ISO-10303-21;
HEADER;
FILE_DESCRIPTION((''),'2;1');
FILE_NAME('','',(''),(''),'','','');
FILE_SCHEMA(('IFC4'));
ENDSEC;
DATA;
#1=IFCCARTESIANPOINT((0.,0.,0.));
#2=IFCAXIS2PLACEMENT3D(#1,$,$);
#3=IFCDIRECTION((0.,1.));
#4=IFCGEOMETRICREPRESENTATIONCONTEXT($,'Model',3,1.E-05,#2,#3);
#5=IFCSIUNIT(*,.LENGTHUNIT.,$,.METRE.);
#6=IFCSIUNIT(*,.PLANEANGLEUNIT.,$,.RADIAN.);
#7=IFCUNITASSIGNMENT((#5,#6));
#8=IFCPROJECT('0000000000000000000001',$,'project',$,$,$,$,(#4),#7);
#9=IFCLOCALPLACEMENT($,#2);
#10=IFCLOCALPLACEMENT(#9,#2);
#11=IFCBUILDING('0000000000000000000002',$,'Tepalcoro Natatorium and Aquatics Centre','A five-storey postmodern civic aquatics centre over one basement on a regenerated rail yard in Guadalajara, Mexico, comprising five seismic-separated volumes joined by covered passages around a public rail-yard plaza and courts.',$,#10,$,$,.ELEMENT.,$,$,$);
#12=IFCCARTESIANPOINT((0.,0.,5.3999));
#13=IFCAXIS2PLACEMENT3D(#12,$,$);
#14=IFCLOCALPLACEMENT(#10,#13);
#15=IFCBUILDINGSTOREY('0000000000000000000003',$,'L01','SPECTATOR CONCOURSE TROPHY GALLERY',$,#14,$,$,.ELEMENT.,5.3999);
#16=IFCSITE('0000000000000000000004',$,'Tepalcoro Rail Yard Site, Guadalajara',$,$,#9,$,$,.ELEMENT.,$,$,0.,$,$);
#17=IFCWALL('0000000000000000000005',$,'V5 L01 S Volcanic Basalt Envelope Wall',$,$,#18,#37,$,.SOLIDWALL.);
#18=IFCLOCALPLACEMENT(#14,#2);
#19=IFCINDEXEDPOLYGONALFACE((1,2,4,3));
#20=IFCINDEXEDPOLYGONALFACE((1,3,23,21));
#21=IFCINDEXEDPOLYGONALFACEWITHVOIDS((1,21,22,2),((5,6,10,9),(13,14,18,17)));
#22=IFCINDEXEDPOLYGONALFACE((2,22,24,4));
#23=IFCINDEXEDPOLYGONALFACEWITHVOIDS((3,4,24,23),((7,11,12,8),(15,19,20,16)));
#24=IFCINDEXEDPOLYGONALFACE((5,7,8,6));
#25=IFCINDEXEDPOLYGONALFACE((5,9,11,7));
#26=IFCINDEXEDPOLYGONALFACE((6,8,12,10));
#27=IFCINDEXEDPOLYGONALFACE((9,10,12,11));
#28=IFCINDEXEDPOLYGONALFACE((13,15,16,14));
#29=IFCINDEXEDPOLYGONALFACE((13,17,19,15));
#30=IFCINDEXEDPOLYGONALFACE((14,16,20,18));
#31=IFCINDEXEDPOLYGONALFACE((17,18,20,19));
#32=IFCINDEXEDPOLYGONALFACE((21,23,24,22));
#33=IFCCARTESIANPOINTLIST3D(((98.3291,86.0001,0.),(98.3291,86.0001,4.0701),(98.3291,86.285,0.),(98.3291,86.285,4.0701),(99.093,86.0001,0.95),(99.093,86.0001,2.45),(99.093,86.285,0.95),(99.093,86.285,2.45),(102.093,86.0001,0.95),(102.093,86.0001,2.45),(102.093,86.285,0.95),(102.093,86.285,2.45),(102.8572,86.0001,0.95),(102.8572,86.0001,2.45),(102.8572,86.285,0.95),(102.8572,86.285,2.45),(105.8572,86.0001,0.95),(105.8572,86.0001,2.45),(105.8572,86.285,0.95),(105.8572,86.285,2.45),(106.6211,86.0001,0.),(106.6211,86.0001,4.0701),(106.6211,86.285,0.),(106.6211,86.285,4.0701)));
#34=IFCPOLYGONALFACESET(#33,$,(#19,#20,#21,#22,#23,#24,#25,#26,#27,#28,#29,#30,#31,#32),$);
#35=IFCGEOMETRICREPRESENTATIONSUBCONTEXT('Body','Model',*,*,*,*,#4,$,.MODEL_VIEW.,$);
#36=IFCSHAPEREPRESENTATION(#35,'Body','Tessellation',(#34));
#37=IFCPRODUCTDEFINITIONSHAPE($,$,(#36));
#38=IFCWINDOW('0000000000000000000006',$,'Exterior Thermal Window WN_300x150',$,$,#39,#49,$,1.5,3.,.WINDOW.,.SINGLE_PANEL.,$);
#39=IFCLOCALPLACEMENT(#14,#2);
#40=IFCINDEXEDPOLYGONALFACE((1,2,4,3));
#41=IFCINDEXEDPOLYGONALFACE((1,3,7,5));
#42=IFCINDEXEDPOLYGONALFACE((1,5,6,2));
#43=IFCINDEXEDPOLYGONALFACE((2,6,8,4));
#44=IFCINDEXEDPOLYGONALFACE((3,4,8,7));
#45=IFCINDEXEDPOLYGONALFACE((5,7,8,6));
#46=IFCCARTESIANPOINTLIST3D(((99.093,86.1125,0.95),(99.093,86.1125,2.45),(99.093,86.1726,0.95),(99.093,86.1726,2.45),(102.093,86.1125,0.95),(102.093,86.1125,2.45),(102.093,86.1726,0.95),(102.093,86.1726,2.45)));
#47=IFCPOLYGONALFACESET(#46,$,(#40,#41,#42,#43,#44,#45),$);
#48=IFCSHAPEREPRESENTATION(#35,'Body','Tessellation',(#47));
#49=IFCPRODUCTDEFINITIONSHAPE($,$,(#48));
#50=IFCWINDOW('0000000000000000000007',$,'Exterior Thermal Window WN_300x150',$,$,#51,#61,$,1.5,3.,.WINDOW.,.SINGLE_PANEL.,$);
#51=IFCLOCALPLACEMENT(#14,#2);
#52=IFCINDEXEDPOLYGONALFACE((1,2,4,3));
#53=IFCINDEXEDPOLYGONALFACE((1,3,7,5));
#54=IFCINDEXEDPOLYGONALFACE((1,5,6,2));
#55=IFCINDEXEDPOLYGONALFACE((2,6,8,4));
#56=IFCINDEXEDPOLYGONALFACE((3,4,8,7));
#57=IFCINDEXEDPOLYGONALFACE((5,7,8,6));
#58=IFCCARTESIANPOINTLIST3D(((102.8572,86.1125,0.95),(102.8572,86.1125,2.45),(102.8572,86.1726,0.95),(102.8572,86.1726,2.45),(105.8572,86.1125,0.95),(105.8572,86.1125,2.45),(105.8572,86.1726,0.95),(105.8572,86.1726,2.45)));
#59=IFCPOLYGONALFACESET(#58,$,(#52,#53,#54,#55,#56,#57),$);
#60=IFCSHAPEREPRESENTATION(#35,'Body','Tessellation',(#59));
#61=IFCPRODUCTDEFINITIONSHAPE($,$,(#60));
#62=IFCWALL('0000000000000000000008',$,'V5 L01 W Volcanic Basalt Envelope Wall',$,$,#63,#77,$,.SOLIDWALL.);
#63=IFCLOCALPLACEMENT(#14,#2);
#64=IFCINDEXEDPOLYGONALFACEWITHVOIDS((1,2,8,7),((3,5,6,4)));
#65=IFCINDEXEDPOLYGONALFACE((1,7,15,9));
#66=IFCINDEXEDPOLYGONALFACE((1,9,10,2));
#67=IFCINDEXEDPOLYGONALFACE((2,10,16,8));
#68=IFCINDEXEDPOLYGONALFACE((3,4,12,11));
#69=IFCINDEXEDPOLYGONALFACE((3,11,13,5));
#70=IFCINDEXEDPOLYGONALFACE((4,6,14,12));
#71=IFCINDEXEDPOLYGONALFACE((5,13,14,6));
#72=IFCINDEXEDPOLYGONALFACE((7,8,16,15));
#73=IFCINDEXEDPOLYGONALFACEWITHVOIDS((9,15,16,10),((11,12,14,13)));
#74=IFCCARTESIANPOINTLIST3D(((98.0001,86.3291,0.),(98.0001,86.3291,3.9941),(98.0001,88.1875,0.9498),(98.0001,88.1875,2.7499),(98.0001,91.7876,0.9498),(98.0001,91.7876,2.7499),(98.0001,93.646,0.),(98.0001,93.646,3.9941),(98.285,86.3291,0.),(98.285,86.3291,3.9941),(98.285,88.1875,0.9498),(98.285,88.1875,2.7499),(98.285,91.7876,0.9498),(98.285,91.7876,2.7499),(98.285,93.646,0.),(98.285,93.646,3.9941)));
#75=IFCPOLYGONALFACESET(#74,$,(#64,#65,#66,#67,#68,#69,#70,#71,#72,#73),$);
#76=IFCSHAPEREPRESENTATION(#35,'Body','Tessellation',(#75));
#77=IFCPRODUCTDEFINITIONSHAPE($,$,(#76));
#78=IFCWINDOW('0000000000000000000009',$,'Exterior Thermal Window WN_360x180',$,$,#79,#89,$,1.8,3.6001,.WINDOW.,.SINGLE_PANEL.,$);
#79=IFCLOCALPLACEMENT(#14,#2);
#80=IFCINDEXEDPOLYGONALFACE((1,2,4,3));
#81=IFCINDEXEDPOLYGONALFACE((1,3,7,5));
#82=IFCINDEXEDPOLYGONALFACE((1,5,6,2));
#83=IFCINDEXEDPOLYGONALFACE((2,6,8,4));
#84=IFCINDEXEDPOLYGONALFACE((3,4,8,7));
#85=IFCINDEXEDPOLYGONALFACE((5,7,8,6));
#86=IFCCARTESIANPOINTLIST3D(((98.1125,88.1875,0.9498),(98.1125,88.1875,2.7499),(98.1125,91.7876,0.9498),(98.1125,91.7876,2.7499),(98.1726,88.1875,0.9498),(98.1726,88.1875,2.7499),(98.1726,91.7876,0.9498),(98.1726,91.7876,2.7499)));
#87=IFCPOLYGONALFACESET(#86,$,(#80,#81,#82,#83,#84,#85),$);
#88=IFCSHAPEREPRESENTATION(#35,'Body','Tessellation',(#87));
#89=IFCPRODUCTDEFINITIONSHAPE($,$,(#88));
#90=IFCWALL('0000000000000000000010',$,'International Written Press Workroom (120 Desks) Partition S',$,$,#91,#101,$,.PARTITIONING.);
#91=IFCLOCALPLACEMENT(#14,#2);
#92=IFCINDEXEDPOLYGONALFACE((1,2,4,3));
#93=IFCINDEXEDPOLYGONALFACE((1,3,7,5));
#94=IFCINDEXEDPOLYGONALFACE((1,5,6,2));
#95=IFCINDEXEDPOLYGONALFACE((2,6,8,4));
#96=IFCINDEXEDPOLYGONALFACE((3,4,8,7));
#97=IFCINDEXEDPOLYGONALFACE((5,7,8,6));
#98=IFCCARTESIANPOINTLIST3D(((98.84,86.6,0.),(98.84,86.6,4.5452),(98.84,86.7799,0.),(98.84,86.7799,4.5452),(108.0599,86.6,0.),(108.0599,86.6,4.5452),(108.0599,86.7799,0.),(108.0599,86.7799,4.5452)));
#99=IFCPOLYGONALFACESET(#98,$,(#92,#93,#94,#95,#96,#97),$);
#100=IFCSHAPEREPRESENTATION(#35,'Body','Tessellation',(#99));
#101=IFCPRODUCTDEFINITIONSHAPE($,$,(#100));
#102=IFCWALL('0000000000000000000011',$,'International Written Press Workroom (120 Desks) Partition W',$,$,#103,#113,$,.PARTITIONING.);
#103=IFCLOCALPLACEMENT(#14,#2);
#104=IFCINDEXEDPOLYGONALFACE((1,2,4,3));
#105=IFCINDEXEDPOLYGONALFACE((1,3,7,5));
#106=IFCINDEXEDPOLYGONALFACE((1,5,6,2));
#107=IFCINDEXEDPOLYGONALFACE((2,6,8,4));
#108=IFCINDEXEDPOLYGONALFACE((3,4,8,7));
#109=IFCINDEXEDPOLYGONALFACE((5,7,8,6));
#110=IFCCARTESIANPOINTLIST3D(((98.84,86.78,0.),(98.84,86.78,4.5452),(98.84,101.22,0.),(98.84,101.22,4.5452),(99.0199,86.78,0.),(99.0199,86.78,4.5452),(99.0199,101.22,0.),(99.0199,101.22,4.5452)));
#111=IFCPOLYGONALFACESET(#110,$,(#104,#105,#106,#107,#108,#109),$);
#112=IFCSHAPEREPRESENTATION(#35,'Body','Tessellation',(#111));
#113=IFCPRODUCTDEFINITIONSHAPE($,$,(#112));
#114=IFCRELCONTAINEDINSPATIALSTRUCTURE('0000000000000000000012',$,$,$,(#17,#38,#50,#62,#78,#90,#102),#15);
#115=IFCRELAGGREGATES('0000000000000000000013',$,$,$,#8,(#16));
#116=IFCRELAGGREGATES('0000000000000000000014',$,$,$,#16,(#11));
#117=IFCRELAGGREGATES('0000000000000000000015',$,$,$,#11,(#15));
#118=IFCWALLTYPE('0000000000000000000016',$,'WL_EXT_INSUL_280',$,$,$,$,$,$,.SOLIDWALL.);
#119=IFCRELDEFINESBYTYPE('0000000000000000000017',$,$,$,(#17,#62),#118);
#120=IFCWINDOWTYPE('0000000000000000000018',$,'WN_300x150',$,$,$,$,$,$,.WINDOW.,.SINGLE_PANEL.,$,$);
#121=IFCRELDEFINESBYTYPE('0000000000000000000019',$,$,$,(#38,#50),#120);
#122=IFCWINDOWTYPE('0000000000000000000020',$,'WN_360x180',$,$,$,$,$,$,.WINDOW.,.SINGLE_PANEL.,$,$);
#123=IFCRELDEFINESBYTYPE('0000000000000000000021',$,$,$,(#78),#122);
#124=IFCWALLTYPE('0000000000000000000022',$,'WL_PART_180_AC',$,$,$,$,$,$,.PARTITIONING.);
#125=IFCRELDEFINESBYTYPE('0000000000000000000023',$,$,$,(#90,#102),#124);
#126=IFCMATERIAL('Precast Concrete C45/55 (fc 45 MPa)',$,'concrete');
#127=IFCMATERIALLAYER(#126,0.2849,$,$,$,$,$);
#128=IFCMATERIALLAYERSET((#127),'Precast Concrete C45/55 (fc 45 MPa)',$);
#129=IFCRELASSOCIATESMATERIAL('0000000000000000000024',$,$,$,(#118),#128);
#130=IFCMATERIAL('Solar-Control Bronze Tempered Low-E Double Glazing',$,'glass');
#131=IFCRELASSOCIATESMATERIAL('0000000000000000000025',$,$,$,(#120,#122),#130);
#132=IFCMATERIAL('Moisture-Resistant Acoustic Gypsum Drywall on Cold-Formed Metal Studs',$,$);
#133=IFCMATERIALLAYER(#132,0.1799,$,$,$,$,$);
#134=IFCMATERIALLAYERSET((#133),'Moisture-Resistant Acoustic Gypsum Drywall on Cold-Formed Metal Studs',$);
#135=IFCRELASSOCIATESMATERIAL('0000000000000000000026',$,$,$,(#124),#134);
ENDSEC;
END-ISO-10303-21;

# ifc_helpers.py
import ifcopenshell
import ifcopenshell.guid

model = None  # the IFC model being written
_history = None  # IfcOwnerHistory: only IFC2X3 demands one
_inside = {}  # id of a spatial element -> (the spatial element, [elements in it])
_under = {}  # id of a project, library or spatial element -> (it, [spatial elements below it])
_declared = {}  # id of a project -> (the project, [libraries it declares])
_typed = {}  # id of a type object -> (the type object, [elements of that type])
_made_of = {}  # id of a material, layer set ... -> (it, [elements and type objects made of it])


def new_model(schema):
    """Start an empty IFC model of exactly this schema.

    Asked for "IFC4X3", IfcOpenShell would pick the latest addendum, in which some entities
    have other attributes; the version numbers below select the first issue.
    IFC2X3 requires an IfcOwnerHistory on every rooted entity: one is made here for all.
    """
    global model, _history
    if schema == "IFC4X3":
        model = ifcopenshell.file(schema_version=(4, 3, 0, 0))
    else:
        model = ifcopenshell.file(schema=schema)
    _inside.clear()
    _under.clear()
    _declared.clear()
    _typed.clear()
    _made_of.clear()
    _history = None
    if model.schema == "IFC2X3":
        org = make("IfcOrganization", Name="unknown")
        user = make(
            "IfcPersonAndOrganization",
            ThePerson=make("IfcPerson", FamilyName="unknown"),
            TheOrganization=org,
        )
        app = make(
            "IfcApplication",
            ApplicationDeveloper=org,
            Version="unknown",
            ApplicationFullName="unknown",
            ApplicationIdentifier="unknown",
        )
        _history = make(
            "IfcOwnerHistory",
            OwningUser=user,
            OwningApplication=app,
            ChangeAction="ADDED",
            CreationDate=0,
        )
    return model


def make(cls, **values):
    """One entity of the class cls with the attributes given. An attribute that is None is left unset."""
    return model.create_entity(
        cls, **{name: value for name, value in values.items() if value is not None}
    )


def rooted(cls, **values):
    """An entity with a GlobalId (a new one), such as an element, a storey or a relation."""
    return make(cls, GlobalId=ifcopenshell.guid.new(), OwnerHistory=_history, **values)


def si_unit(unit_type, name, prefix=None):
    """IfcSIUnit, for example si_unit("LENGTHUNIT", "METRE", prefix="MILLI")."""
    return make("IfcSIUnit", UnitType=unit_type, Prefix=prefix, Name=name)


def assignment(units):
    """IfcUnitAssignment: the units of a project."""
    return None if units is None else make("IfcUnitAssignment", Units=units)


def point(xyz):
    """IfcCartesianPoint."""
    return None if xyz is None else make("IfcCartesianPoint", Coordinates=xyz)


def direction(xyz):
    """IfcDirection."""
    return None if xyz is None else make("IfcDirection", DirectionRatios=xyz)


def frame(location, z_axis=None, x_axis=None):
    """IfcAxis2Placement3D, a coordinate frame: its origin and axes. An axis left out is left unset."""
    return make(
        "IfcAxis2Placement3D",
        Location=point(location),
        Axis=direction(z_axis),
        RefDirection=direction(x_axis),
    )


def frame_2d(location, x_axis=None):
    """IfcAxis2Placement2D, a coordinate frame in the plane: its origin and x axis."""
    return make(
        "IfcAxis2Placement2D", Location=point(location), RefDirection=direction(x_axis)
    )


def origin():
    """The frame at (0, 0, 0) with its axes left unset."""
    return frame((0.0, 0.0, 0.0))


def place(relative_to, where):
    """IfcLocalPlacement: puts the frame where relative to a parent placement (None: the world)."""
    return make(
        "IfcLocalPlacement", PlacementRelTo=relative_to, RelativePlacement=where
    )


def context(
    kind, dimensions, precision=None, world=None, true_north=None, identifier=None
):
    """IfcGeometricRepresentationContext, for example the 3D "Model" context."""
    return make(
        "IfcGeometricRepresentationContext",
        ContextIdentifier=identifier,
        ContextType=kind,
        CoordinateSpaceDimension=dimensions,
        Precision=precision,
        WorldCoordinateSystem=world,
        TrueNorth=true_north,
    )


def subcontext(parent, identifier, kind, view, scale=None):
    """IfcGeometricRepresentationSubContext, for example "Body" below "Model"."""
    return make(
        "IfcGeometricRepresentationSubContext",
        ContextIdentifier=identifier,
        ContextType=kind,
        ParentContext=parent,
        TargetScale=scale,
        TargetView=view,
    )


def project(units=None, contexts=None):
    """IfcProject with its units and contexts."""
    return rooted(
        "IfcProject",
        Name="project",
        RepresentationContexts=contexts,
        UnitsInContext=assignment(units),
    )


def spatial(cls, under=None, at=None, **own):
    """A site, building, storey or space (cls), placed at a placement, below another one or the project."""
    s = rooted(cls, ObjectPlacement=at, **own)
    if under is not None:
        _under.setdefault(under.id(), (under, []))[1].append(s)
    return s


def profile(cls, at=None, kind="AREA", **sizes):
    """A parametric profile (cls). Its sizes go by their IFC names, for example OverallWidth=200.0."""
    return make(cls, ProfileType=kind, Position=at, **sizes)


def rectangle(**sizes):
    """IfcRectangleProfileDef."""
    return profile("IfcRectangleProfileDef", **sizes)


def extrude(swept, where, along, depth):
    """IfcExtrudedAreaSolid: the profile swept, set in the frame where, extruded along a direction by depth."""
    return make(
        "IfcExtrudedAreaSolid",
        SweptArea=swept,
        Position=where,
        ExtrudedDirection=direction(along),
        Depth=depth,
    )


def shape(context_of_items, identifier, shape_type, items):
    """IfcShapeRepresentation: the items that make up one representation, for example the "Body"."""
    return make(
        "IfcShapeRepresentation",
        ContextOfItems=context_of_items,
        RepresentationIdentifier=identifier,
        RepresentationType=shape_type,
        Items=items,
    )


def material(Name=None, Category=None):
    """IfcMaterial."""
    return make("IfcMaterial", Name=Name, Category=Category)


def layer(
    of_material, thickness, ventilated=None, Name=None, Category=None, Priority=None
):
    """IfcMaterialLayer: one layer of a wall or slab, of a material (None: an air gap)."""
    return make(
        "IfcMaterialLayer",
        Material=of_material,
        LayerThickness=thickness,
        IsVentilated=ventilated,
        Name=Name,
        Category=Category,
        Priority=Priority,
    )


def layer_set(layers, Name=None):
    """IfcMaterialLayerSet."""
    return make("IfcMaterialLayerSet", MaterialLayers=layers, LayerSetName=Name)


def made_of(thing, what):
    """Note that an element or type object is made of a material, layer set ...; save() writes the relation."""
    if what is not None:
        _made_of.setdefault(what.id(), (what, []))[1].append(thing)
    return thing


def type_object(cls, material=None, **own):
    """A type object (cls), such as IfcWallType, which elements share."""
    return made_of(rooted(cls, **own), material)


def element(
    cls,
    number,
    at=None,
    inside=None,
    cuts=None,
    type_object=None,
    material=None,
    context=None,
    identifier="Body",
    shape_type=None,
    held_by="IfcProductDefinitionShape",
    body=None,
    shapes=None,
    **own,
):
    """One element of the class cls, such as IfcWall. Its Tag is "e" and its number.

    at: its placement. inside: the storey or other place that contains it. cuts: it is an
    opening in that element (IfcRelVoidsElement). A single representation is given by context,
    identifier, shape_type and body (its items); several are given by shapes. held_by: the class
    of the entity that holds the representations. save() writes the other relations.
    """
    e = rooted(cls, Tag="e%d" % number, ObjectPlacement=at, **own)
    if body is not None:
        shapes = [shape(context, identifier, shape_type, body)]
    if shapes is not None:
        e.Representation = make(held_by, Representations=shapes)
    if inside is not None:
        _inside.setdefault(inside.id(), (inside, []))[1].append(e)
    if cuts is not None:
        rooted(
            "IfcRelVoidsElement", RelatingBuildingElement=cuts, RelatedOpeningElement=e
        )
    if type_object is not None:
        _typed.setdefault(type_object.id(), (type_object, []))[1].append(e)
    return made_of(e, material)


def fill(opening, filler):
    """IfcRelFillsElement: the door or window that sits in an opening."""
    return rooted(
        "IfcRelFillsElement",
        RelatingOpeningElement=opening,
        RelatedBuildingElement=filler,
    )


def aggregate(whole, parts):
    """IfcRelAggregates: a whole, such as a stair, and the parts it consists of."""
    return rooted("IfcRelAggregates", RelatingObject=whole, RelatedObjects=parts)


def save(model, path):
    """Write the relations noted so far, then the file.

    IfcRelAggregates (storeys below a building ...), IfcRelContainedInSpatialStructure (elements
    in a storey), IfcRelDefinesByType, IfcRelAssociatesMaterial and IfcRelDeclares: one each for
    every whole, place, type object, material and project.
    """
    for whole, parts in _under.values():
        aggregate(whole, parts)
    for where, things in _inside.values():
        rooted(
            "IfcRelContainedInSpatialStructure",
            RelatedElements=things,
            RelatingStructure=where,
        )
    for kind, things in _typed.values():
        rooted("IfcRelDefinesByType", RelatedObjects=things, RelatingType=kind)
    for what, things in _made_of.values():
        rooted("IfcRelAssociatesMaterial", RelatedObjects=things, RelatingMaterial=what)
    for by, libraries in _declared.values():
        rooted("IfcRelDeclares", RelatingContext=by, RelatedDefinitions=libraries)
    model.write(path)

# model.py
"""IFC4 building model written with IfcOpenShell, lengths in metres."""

from ifc_helpers import new_model, si_unit, direction, frame, frame_2d, origin, place, context, subcontext, project, spatial, rectangle, extrude, material, layer, layer_set, type_object, element, fill, save


model = new_model("IFC4")

# Units and contexts
model_context = context("Model", 3, precision=1e-05, world=origin(), true_north=direction((0.0, 1.0)))
body_context = subcontext(model_context, "Body", "Model", "MODEL_VIEW")
ifc_project = project(units=[si_unit("LENGTHUNIT", "METRE"), si_unit("PLANEANGLEUNIT", "RADIAN")], contexts=[model_context])

# Site, building, storey
site_placement = place(None, origin())
site = spatial("IfcSite", under=ifc_project, at=site_placement, Name="Tepalcoro Rail Yard Site, Guadalajara", CompositionType="ELEMENT", RefElevation=0.0)
building_placement = place(site_placement, origin())
building = spatial("IfcBuilding", under=site, at=building_placement, Name="Tepalcoro Natatorium and Aquatics Centre", Description="A five-storey postmodern civic aquatics centre over one basement on a regenerated rail yard in Guadalajara, Mexico, comprising five seismic-separated volumes joined by covered passages around a public rail-yard plaza and courts.", CompositionType="ELEMENT")
storey_placement = place(building_placement, frame((0.0, 0.0, 5.3999)))
storey = spatial("IfcBuildingStorey", under=building, at=storey_placement, Name="L01", Description="SPECTATOR CONCOURSE TROPHY GALLERY", CompositionType="ELEMENT", Elevation=5.3999)

# Shared definitions
ifc_material_1 = material(Name="Solar-Control Bronze Tempered Low-E Double Glazing", Category="glass")

# Wall, openings, windows
ifc_material_2 = material(Name="Precast Concrete C45/55 (fc 45 MPa)", Category="concrete")
ifc_layer_1 = layer(ifc_material_2, 0.2849)
ifc_layer_set_1 = layer_set([ifc_layer_1], Name="Precast Concrete C45/55 (fc 45 MPa)")
wall_type_1 = type_object("IfcWallType", Name="WL_EXT_INSUL_280", PredefinedType="SOLIDWALL", material=ifc_layer_set_1)
wall_1_placement = place(storey_placement, frame((98.3291, 86.1426, 0.0), z_axis=(0.0, 0.0, 1.0), x_axis=(1.0, 0.0, 0.0)))
wall_1 = element("IfcWall", 1, at=wall_1_placement, inside=storey, type_object=wall_type_1, Name="V5 L01 S Volcanic Basalt Envelope Wall", PredefinedType="SOLIDWALL", context=body_context, shape_type="SweptSolid", body=[
    extrude(rectangle(XDim=8.292, YDim=0.2849, at=frame_2d((4.146, 0.0))), origin(), (0.0, 0.0, 1.0), 4.0701),
])
opening_1_placement = place(wall_1_placement, frame((0.7639, 0.0, 0.95)))
opening_1 = element("IfcOpeningElement", 2, at=opening_1_placement, cuts=wall_1, PredefinedType="OPENING", context=body_context, shape_type="SweptSolid", body=[
    extrude(rectangle(XDim=3.0, YDim=1.5, at=frame_2d((1.5, 0.75))), frame((0.0, 0.1543, 0.0), z_axis=(0.0, -1.0, 0.0), x_axis=(1.0, 0.0, 0.0)), (0.0, 0.0, 1.0), 0.3088),
])
opening_2_placement = place(wall_1_placement, frame((4.5281, 0.0, 0.95)))
opening_2 = element("IfcOpeningElement", 3, at=opening_2_placement, cuts=wall_1, PredefinedType="OPENING", context=body_context, shape_type="SweptSolid", body=[
    extrude(rectangle(XDim=3.0, YDim=1.5, at=frame_2d((1.5, 0.75))), frame((0.0, 0.1543, 0.0), z_axis=(0.0, -1.0, 0.0), x_axis=(1.0, 0.0, 0.0)), (0.0, 0.0, 1.0), 0.3088),
])
window_type_1 = type_object("IfcWindowType", Name="WN_300x150", PartitioningType="SINGLE_PANEL", PredefinedType="WINDOW", material=ifc_material_1)
window_1_placement = place(opening_1_placement, origin())
window_1 = element("IfcWindow", 4, at=window_1_placement, inside=storey, type_object=window_type_1, Name="Exterior Thermal Window WN_300x150", OverallHeight=1.5, OverallWidth=3.0, PartitioningType="SINGLE_PANEL", PredefinedType="WINDOW", context=body_context, shape_type="SweptSolid", body=[
    extrude(rectangle(XDim=3.0, YDim=1.5, at=frame_2d((1.5, 0.75))), frame((0.0, 0.03, 0.0), z_axis=(0.0, -1.0, 0.0), x_axis=(1.0, 0.0, 0.0)), (0.0, 0.0, 1.0), 0.0601),
])
fill(opening_1, window_1)
window_2_placement = place(opening_2_placement, origin())
window_2 = element("IfcWindow", 5, at=window_2_placement, inside=storey, type_object=window_type_1, Name="Exterior Thermal Window WN_300x150", OverallHeight=1.5, OverallWidth=3.0, PartitioningType="SINGLE_PANEL", PredefinedType="WINDOW", context=body_context, shape_type="SweptSolid", body=[
    extrude(rectangle(XDim=3.0, YDim=1.5, at=frame_2d((1.5, 0.75))), frame((0.0, 0.03, 0.0), z_axis=(0.0, -1.0, 0.0), x_axis=(1.0, 0.0, 0.0)), (0.0, 0.0, 1.0), 0.0601),
])
fill(opening_2, window_2)

# Wall, opening, window
wall_2_placement = place(storey_placement, frame((98.1426, 86.3291, 0.0), z_axis=(0.0, 0.0, 1.0), x_axis=(0.0, 1.0, 0.0)))
wall_2 = element("IfcWall", 6, at=wall_2_placement, inside=storey, type_object=wall_type_1, Name="V5 L01 W Volcanic Basalt Envelope Wall", PredefinedType="SOLIDWALL", context=body_context, shape_type="SweptSolid", body=[
    extrude(rectangle(XDim=7.3169, YDim=0.2849, at=frame_2d((3.6584, 0.0))), origin(), (0.0, 0.0, 1.0), 3.9941),
])
opening_3_placement = place(wall_2_placement, frame((1.8584, 0.0, 0.95)))
opening_3 = element("IfcOpeningElement", 7, at=opening_3_placement, cuts=wall_2, PredefinedType="OPENING", context=body_context, shape_type="SweptSolid", body=[
    extrude(rectangle(XDim=3.6001, YDim=1.8, at=frame_2d((1.8, 0.8999))), frame((0.0, 0.1543, 0.0), z_axis=(0.0, -1.0, 0.0), x_axis=(1.0, 0.0, 0.0)), (0.0, 0.0, 1.0), 0.3088),
])
window_type_2 = type_object("IfcWindowType", Name="WN_360x180", PartitioningType="SINGLE_PANEL", PredefinedType="WINDOW", material=ifc_material_1)
window_3_placement = place(opening_3_placement, origin())
window_3 = element("IfcWindow", 8, at=window_3_placement, inside=storey, type_object=window_type_2, Name="Exterior Thermal Window WN_360x180", OverallHeight=1.8, OverallWidth=3.6001, PartitioningType="SINGLE_PANEL", PredefinedType="WINDOW", context=body_context, shape_type="SweptSolid", body=[
    extrude(rectangle(XDim=3.6001, YDim=1.8, at=frame_2d((1.8, 0.8999))), frame((0.0, 0.03, 0.0), z_axis=(0.0, -1.0, 0.0), x_axis=(1.0, 0.0, 0.0)), (0.0, 0.0, 1.0), 0.0601),
])
fill(opening_3, window_3)

# Walls
ifc_material_3 = material(Name="Moisture-Resistant Acoustic Gypsum Drywall on Cold-Formed Metal Studs")
ifc_layer_2 = layer(ifc_material_3, 0.1799)
ifc_layer_set_2 = layer_set([ifc_layer_2], Name="Moisture-Resistant Acoustic Gypsum Drywall on Cold-Formed Metal Studs")
wall_type_2 = type_object("IfcWallType", Name="WL_PART_180_AC", PredefinedType="PARTITIONING", material=ifc_layer_set_2)
wall_3_placement = place(storey_placement, frame((98.8401, 86.6899, 0.0), z_axis=(0.0, 0.0, 1.0), x_axis=(1.0, 0.0, 0.0)))
element("IfcWall", 9, at=wall_3_placement, inside=storey, type_object=wall_type_2, Name="International Written Press Workroom (120 Desks) Partition S", PredefinedType="PARTITIONING", context=body_context, shape_type="SweptSolid", body=[
    extrude(rectangle(XDim=9.22, YDim=0.1799, at=frame_2d((4.6099, 0.0))), origin(), (0.0, 0.0, 1.0), 4.5452),
])
wall_4_placement = place(storey_placement, frame((98.9299, 86.78, 0.0), z_axis=(0.0, 0.0, 1.0), x_axis=(0.0, 1.0, 0.0)))
element("IfcWall", 10, at=wall_4_placement, inside=storey, type_object=wall_type_2, Name="International Written Press Workroom (120 Desks) Partition W", PredefinedType="PARTITIONING", context=body_context, shape_type="SweptSolid", body=[
    extrude(rectangle(XDim=14.4399, YDim=0.1799, at=frame_2d((7.22, 0.0))), origin(), (0.0, 0.0, 1.0), 4.5452),
])

save(model, "model.ifc")
